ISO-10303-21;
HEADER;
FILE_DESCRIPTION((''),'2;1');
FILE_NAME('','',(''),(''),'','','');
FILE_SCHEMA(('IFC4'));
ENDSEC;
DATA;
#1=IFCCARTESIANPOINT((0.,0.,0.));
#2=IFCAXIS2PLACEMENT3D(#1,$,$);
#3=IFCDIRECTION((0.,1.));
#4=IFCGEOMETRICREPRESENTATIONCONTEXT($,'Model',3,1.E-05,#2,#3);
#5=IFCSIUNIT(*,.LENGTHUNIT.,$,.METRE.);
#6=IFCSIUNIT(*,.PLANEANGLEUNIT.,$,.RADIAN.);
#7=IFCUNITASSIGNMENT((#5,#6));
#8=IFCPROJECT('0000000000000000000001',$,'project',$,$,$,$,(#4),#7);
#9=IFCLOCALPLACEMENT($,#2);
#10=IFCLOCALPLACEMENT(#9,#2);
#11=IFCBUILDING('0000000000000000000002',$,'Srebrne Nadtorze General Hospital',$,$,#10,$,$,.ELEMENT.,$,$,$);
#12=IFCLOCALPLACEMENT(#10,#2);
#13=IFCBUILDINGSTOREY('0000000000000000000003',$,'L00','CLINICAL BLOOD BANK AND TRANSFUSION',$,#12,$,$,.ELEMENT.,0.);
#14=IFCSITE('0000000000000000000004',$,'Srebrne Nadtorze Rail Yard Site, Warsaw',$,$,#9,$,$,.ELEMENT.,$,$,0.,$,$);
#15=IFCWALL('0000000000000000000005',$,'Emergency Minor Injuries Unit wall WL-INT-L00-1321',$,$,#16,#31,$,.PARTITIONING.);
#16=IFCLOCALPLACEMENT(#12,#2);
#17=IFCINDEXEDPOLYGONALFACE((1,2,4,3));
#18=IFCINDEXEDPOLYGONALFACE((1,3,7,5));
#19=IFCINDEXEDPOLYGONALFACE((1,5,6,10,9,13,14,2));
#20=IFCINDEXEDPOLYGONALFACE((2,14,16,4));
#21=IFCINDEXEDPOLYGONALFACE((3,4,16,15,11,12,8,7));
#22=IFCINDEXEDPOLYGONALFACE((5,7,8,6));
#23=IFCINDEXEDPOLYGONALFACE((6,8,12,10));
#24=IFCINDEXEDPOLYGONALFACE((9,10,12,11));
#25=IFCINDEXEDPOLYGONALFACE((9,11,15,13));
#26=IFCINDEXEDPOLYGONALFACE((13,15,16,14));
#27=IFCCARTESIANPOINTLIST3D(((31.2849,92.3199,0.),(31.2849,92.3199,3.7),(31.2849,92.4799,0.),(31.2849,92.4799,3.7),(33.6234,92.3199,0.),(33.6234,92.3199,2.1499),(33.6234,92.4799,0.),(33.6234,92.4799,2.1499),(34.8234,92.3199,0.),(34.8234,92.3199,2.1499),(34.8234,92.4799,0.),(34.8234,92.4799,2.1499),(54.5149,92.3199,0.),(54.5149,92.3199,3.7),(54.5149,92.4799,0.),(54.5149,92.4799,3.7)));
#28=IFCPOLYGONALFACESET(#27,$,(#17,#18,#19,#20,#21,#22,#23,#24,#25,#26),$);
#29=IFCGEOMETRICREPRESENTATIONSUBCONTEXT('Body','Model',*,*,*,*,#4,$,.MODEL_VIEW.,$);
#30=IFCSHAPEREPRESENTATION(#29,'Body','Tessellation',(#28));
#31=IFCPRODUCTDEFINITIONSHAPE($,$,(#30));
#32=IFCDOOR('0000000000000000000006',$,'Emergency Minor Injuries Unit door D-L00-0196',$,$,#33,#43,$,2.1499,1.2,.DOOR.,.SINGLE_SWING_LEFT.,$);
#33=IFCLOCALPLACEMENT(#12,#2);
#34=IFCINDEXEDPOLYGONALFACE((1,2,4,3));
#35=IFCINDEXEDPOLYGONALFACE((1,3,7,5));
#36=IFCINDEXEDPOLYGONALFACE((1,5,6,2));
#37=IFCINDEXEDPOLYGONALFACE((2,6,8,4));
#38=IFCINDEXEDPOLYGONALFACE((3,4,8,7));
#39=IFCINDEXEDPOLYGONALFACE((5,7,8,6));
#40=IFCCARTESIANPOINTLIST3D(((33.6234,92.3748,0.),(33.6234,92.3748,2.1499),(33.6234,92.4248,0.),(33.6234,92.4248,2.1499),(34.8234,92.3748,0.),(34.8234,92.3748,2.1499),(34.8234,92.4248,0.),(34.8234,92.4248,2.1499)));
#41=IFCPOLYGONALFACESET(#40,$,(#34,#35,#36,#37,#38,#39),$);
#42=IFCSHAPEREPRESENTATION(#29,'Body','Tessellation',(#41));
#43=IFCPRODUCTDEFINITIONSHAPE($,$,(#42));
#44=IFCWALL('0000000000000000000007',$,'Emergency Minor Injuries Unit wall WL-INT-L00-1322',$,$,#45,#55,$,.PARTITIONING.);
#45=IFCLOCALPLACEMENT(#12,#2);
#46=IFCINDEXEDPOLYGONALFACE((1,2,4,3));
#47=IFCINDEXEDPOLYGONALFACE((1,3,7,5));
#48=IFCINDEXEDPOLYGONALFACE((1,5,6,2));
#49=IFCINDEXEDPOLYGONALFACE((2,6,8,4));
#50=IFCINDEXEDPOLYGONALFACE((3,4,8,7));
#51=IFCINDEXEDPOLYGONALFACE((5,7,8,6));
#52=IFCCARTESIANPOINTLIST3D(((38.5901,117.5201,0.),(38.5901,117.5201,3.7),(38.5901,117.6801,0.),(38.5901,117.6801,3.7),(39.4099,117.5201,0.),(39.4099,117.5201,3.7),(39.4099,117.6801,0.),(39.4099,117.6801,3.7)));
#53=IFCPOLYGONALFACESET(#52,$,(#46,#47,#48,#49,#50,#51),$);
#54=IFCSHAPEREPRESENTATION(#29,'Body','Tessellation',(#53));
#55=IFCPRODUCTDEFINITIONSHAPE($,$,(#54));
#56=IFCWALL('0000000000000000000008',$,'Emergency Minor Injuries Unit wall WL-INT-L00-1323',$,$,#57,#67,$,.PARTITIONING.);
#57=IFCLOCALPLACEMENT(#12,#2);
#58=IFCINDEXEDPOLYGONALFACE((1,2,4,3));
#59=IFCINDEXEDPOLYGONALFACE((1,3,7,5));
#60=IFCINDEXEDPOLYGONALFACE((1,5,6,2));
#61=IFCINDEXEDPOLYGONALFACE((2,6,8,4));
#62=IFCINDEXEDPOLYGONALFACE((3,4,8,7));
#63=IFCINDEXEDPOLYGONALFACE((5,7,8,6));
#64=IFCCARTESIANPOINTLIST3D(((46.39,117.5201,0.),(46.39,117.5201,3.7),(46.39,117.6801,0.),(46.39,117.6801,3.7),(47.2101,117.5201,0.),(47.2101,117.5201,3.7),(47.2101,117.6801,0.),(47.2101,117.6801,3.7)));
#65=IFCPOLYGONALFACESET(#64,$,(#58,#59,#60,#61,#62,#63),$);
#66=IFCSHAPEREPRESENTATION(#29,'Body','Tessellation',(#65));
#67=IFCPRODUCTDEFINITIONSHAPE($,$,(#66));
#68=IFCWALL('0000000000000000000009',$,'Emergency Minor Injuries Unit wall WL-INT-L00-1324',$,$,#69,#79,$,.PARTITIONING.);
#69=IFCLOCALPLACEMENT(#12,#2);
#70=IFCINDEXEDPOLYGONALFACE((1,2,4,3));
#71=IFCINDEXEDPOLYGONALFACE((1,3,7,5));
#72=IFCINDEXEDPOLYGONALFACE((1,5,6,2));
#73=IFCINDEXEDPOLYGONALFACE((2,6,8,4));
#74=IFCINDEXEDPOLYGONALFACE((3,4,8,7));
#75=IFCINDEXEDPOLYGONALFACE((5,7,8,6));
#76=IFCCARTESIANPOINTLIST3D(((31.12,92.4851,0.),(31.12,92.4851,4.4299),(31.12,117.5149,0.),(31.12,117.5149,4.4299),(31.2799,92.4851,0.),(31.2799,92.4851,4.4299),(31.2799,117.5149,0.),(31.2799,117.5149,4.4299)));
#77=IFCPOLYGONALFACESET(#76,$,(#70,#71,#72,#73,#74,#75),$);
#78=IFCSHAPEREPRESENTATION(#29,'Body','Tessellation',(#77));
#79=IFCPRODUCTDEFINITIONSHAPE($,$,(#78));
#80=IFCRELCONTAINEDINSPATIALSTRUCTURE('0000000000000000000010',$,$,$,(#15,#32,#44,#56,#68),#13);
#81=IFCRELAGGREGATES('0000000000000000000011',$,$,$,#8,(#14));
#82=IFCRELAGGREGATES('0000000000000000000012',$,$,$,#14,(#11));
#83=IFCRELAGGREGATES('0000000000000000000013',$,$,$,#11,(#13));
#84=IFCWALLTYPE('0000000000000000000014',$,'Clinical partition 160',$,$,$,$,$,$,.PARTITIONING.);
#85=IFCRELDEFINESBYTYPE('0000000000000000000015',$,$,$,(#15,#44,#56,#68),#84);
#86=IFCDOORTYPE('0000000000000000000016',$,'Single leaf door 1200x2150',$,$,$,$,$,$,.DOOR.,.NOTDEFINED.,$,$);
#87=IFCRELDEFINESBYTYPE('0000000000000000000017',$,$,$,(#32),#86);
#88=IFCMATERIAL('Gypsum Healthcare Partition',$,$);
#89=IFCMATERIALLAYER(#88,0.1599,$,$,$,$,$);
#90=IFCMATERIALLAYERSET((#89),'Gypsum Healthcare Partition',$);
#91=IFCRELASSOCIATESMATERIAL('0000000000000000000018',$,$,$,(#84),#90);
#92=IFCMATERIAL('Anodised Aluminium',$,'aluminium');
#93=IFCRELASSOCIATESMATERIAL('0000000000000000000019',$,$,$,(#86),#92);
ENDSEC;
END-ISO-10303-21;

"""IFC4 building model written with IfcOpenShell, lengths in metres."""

from ifc_helpers import new_model, si_unit, direction, frame, frame_2d, origin, place, context, subcontext, project, spatial, rectangle, extrude, material, layer, layer_set, type_object, element, fill, save


model = new_model("IFC4")

# Units and contexts
model_context = context("Model", 3, precision=1e-05, world=origin(), true_north=direction((0.0, 1.0)))
body_context = subcontext(model_context, "Body", "Model", "MODEL_VIEW")
ifc_project = project(units=[si_unit("LENGTHUNIT", "METRE"), si_unit("PLANEANGLEUNIT", "RADIAN")], contexts=[model_context])

# Site, building, storey
site_placement = place(None, origin())
site = spatial("IfcSite", under=ifc_project, at=site_placement, Name="Srebrne Nadtorze Rail Yard Site, Warsaw", CompositionType="ELEMENT", RefElevation=0.0)
building_placement = place(site_placement, origin())
building = spatial("IfcBuilding", under=site, at=building_placement, Name="Srebrne Nadtorze General Hospital", CompositionType="ELEMENT")
storey_placement = place(building_placement, origin())
storey = spatial("IfcBuildingStorey", under=building, at=storey_placement, Name="L00", Description="CLINICAL BLOOD BANK AND TRANSFUSION", CompositionType="ELEMENT", Elevation=0.0)

# Wall, opening, door
ifc_material_1 = material(Name="Gypsum Healthcare Partition")
ifc_layer_1 = layer(ifc_material_1, 0.1599)
ifc_layer_set_1 = layer_set([ifc_layer_1], Name="Gypsum Healthcare Partition")
wall_type_1 = type_object("IfcWallType", Name="Clinical partition 160", PredefinedType="PARTITIONING", material=ifc_layer_set_1)
wall_1_placement = place(storey_placement, frame((31.2849, 92.3999, 0.0), z_axis=(0.0, 0.0, 1.0), x_axis=(1.0, 0.0, 0.0)))
wall_1 = element("IfcWall", 1, at=wall_1_placement, inside=storey, type_object=wall_type_1, Name="Emergency Minor Injuries Unit wall WL-INT-L00-1321", PredefinedType="PARTITIONING", context=body_context, shape_type="SweptSolid", body=[
    extrude(rectangle(XDim=23.23, YDim=0.1599, at=frame_2d((11.615, 0.0))), origin(), (0.0, 0.0, 1.0), 3.7),
])
opening_1_placement = place(wall_1_placement, frame((2.3384, 0.0, 0.0)))
opening_1 = element("IfcOpeningElement", 2, at=opening_1_placement, cuts=wall_1, PredefinedType="OPENING", context=body_context, shape_type="SweptSolid", body=[
    extrude(rectangle(XDim=1.2, YDim=2.1499, at=frame_2d((0.6001, 1.075))), frame((0.0, 0.0918, 0.0), z_axis=(0.0, -1.0, 0.0), x_axis=(1.0, 0.0, 0.0)), (0.0, 0.0, 1.0), 0.1838),
])
ifc_material_2 = material(Name="Anodised Aluminium", Category="aluminium")
door_type = type_object("IfcDoorType", Name="Single leaf door 1200x2150", OperationType="NOTDEFINED", PredefinedType="DOOR", material=ifc_material_2)
door_placement = place(opening_1_placement, origin())
door = element("IfcDoor", 3, at=door_placement, inside=storey, type_object=door_type, Name="Emergency Minor Injuries Unit door D-L00-0196", OperationType="SINGLE_SWING_LEFT", OverallHeight=2.1499, OverallWidth=1.2, PredefinedType="DOOR", context=body_context, shape_type="SweptSolid", body=[
    extrude(rectangle(XDim=1.2, YDim=2.1499, at=frame_2d((0.6001, 1.075))), frame((0.0, 0.0249, 0.0), z_axis=(0.0, -1.0, 0.0), x_axis=(1.0, 0.0, 0.0)), (0.0, 0.0, 1.0), 0.05),
])
fill(opening_1, door)

# Walls
wall_2_placement = place(storey_placement, frame((38.5901, 117.6001, 0.0), z_axis=(0.0, 0.0, 1.0), x_axis=(1.0, 0.0, 0.0)))
element("IfcWall", 4, at=wall_2_placement, inside=storey, type_object=wall_type_1, Name="Emergency Minor Injuries Unit wall WL-INT-L00-1322", PredefinedType="PARTITIONING", context=body_context, shape_type="SweptSolid", body=[
    extrude(rectangle(XDim=0.8198, YDim=0.1599, at=frame_2d((0.4099, 0.0))), origin(), (0.0, 0.0, 1.0), 3.7),
])
wall_3_placement = place(storey_placement, frame((46.3899, 117.6001, 0.0), z_axis=(0.0, 0.0, 1.0), x_axis=(1.0, 0.0, 0.0)))
element("IfcWall", 5, at=wall_3_placement, inside=storey, type_object=wall_type_1, Name="Emergency Minor Injuries Unit wall WL-INT-L00-1323", PredefinedType="PARTITIONING", context=body_context, shape_type="SweptSolid", body=[
    extrude(rectangle(XDim=0.8201, YDim=0.1599, at=frame_2d((0.4102, 0.0))), origin(), (0.0, 0.0, 1.0), 3.7),
])
wall_4_placement = place(storey_placement, frame((31.2, 92.4851, 0.0), z_axis=(0.0, 0.0, 1.0), x_axis=(0.0, 1.0, 0.0)))
element("IfcWall", 6, at=wall_4_placement, inside=storey, type_object=wall_type_1, Name="Emergency Minor Injuries Unit wall WL-INT-L00-1324", PredefinedType="PARTITIONING", context=body_context, shape_type="SweptSolid", body=[
    extrude(rectangle(XDim=25.0298, YDim=0.1599, at=frame_2d((12.5149, 0.0))), origin(), (0.0, 0.0, 1.0), 4.4299),
])

save(model, "model.ifc")
